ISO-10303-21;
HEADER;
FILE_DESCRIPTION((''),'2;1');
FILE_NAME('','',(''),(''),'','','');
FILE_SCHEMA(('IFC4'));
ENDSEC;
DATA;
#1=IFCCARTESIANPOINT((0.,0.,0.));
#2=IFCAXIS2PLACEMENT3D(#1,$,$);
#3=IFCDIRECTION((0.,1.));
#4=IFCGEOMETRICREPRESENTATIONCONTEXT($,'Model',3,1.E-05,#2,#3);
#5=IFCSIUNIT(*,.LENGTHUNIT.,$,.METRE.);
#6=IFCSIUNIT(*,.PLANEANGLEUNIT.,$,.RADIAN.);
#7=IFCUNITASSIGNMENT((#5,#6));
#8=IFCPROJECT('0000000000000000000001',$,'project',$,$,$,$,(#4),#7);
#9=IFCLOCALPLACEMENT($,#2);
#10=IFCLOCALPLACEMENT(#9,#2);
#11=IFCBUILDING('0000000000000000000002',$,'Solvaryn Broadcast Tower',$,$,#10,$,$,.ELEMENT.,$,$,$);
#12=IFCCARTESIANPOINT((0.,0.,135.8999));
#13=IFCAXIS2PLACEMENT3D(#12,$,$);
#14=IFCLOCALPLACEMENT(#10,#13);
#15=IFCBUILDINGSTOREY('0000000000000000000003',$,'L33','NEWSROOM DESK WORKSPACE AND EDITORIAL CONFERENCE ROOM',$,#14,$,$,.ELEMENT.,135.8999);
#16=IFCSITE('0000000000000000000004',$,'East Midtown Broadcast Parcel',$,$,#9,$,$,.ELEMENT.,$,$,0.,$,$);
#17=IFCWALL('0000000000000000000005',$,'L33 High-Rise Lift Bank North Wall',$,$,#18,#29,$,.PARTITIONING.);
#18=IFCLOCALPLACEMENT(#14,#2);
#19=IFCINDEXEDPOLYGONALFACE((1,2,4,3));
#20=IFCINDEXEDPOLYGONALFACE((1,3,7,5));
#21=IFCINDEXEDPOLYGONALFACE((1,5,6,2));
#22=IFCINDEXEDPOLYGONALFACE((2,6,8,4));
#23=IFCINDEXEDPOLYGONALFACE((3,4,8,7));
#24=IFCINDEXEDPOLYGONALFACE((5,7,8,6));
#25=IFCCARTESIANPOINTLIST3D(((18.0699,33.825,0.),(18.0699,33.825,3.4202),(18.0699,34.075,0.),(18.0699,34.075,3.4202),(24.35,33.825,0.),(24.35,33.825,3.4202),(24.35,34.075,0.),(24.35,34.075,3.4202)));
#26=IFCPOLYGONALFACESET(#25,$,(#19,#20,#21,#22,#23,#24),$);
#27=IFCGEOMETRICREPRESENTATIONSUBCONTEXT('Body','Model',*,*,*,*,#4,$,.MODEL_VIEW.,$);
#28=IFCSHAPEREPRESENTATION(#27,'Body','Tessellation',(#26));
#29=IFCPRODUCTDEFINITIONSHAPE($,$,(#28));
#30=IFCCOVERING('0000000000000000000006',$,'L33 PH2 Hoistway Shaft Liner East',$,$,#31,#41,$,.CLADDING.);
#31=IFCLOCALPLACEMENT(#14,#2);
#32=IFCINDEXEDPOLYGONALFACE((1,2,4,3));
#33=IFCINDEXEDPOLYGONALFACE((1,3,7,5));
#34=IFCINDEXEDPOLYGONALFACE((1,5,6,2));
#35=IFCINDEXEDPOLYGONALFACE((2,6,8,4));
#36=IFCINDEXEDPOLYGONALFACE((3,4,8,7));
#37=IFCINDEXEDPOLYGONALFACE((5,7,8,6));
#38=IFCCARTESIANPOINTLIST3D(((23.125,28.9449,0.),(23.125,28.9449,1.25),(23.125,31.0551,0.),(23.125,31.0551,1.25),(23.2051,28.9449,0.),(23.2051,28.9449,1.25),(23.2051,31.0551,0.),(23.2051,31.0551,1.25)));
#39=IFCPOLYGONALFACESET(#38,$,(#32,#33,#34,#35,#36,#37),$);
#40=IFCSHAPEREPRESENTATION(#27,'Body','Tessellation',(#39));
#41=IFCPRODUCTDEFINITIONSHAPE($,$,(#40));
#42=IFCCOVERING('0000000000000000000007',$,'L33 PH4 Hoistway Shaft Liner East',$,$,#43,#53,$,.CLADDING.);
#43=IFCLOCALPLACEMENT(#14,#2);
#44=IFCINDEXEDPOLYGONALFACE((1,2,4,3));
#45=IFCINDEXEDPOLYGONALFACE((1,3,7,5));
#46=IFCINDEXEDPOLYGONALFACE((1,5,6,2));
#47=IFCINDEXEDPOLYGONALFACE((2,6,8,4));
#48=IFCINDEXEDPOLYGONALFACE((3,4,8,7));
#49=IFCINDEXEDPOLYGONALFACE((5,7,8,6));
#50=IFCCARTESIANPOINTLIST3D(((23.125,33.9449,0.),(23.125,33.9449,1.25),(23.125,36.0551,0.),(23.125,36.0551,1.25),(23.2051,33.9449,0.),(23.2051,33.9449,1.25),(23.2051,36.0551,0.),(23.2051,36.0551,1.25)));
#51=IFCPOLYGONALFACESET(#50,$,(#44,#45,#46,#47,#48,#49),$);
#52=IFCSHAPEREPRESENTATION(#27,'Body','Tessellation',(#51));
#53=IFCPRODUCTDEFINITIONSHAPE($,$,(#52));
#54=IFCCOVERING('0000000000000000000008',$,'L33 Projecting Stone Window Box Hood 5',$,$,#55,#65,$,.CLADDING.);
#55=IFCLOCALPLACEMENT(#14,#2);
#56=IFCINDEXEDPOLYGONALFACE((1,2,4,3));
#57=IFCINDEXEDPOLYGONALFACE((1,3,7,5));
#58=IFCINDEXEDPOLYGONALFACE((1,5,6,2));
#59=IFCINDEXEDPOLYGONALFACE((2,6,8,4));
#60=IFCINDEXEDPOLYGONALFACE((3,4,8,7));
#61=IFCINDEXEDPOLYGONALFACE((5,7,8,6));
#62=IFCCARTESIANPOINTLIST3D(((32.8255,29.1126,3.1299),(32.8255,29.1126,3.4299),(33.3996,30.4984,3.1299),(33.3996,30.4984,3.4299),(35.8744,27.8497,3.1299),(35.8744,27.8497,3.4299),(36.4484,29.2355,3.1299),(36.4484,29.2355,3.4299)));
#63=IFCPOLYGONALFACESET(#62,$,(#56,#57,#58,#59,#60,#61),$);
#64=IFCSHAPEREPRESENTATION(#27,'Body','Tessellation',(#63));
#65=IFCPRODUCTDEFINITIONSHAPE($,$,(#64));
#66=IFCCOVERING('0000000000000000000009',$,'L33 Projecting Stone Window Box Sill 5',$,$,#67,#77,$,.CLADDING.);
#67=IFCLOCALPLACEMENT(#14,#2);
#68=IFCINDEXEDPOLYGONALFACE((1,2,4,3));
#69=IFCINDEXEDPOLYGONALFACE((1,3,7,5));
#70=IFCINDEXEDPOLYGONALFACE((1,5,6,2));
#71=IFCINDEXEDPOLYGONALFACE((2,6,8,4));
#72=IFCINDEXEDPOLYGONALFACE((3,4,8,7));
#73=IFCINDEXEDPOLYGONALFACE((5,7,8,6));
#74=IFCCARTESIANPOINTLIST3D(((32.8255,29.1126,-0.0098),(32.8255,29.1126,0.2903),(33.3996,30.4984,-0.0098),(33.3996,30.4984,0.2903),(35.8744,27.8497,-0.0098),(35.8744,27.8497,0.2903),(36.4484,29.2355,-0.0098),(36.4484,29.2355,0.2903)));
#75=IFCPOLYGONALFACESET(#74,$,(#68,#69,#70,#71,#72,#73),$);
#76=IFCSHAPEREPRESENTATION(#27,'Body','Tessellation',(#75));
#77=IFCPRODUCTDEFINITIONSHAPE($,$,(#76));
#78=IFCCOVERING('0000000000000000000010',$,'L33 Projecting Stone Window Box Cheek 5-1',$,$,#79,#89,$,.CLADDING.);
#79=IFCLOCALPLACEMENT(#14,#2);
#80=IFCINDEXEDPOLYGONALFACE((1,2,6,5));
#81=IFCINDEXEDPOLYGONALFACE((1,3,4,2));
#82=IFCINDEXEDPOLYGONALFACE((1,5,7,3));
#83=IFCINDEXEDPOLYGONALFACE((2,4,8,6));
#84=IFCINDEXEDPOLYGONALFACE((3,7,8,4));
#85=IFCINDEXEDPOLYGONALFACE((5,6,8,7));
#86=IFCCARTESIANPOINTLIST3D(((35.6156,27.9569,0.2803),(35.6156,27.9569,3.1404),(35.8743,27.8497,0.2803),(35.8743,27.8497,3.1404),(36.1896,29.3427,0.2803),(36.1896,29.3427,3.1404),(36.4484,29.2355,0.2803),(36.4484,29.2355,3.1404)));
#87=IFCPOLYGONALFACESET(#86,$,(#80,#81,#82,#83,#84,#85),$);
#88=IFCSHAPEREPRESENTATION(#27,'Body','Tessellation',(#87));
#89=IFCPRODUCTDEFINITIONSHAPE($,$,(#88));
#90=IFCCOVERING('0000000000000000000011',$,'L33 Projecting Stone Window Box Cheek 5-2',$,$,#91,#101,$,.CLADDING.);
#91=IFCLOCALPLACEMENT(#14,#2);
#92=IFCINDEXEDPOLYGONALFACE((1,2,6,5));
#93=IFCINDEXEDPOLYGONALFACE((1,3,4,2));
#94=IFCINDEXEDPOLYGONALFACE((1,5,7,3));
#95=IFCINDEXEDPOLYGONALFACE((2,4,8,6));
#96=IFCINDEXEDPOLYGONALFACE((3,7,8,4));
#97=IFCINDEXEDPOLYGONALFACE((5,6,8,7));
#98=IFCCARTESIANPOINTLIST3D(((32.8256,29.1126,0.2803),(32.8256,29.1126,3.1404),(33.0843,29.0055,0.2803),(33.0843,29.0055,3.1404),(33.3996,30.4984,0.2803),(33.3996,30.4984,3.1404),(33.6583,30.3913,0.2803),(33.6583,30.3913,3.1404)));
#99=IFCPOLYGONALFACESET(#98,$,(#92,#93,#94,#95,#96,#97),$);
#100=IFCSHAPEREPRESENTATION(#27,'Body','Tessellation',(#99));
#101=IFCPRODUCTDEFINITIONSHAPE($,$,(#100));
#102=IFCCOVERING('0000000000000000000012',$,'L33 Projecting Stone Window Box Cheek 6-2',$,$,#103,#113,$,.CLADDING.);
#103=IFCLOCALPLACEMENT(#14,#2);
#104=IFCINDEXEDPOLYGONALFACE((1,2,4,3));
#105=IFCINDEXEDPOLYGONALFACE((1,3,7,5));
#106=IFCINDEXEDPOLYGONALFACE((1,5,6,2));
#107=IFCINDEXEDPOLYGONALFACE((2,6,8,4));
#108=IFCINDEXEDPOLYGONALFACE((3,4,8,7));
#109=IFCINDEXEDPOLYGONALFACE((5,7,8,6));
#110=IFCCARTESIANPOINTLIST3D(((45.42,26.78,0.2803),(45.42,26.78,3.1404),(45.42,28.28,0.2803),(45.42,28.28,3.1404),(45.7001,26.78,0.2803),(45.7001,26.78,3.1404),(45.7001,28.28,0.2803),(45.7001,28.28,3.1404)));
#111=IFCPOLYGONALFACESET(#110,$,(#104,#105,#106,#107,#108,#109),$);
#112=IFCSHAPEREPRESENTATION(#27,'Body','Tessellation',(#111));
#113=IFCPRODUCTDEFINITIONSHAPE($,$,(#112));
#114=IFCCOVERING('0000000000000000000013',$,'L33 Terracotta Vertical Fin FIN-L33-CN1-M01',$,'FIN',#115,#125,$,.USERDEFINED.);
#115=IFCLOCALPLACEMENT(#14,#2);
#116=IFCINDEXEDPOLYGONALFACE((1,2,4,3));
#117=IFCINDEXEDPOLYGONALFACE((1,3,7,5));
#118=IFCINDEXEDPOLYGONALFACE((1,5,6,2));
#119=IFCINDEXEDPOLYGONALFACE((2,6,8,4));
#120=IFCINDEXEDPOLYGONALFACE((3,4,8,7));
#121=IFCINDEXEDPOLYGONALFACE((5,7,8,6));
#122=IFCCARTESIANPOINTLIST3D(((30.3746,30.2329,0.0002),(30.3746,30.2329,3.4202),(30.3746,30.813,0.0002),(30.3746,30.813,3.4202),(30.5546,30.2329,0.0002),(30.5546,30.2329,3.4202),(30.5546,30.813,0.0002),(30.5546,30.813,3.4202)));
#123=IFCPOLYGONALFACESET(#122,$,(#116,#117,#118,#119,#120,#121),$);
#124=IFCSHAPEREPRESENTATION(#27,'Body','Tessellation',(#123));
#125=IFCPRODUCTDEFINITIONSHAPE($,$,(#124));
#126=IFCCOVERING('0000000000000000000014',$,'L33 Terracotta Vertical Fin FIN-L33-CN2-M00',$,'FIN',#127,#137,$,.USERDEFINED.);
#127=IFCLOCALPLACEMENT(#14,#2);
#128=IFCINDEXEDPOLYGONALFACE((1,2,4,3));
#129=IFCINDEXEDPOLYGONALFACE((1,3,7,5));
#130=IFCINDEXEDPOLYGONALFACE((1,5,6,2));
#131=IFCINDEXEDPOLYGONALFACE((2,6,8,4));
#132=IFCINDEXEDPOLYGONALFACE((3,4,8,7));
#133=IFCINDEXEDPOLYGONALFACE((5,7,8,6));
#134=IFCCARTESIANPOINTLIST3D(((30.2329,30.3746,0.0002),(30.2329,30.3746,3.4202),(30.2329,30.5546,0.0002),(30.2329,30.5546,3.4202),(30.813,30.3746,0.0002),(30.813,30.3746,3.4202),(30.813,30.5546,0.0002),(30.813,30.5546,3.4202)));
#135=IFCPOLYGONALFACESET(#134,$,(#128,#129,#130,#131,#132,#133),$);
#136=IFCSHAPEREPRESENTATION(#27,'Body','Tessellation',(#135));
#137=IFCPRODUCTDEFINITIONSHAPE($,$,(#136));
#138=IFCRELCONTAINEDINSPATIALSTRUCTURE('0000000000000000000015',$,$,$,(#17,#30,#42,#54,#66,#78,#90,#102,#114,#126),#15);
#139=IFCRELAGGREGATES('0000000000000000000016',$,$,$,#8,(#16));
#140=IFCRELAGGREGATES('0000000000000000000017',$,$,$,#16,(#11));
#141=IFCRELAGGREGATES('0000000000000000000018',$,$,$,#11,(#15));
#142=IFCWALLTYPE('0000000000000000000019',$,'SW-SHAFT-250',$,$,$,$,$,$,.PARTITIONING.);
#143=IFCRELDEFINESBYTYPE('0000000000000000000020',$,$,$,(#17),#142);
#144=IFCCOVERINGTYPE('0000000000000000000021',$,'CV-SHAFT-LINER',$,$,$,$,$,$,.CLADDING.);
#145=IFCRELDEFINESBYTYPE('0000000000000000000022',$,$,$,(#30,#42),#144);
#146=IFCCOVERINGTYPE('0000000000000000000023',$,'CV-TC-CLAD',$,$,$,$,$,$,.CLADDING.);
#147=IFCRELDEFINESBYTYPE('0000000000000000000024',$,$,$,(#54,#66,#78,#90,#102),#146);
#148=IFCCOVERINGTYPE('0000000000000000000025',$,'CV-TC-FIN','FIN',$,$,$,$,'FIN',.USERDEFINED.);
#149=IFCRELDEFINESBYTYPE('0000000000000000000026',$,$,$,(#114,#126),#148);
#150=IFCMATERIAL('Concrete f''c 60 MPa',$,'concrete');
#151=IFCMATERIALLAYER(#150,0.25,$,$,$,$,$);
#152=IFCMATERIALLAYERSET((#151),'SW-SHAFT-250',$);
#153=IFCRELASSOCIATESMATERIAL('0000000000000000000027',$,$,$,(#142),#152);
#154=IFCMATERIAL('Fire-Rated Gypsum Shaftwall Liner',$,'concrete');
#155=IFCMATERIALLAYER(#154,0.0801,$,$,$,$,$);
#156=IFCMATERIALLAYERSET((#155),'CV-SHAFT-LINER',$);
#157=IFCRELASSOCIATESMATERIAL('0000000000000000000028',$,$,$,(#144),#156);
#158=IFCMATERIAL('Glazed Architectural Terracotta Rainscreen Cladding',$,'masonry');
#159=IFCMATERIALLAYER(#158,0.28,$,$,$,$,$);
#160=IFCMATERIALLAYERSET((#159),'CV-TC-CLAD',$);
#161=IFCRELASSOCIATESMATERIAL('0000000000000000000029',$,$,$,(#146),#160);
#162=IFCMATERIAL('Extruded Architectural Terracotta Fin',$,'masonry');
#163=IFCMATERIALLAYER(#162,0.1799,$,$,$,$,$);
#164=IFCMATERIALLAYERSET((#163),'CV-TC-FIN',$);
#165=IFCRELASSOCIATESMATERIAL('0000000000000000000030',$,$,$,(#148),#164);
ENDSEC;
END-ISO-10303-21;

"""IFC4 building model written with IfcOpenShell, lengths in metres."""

from ifc_helpers import new_model, si_unit, direction, frame, frame_2d, origin, origin_2d, place, context, subcontext, project, spatial, rectangle, extrude, material, layer, layer_set, type_object, element, save


model = new_model("IFC4")

# Units and contexts
model_context = context("Model", 3, precision=1e-05, world=origin(), true_north=direction((0.0, 1.0)))
body_context = subcontext(model_context, "Body", "Model", "MODEL_VIEW")
ifc_project = project(units=[si_unit("LENGTHUNIT", "METRE"), si_unit("PLANEANGLEUNIT", "RADIAN")], contexts=[model_context])

# Site, building, storey
site_placement = place(None, origin())
site = spatial("IfcSite", under=ifc_project, at=site_placement, Name="East Midtown Broadcast Parcel", CompositionType="ELEMENT", RefElevation=0.0)
building_placement = place(site_placement, origin())
building = spatial("IfcBuilding", under=site, at=building_placement, Name="Solvaryn Broadcast Tower", CompositionType="ELEMENT")
storey_placement = place(building_placement, frame((0.0, 0.0, 135.8999)))
storey = spatial("IfcBuildingStorey", under=building, at=storey_placement, Name="L33", Description="NEWSROOM DESK WORKSPACE AND EDITORIAL CONFERENCE ROOM", CompositionType="ELEMENT", Elevation=135.8999)

# Wall
ifc_material_1 = material(Name="Concrete f'c 60 MPa", Category="concrete")
ifc_layer_1 = layer(ifc_material_1, 0.25)
ifc_layer_set_1 = layer_set([ifc_layer_1], Name="SW-SHAFT-250")
wall_type_1 = type_object("IfcWallType", Name="SW-SHAFT-250", PredefinedType="PARTITIONING", material=ifc_layer_set_1)
wall_1_placement = place(storey_placement, frame((24.3501, 33.95, 0.0), z_axis=(0.0, 0.0, 1.0), x_axis=(-1.0, 0.0, 0.0)))
element("IfcWall", 1, at=wall_1_placement, inside=storey, type_object=wall_type_1, Name="L33 High-Rise Lift Bank North Wall", PredefinedType="PARTITIONING", context=body_context, shape_type="SweptSolid", body=[
    extrude(rectangle(XDim=6.28, YDim=0.25, at=frame_2d((3.1401, 0.0))), origin(), (0.0, 0.0, 1.0), 3.4202),
])

# Coverings
ifc_material_2 = material(Name="Fire-Rated Gypsum Shaftwall Liner", Category="concrete")
ifc_layer_2 = layer(ifc_material_2, 0.0801)
ifc_layer_set_2 = layer_set([ifc_layer_2], Name="CV-SHAFT-LINER")
covering_type_1 = type_object("IfcCoveringType", Name="CV-SHAFT-LINER", PredefinedType="CLADDING", material=ifc_layer_set_2)
for number, where, z_axis, x_axis, name in (
    (2, (23.165, 30.0, 0.0), (0.0, 0.0, 1.0), (1.0, 0.0, 0.0), "L33 PH2 Hoistway Shaft Liner East"),
    (3, (23.165, 35.0, 0.0), (0.0, 0.0, 1.0), (1.0, 0.0, 0.0), "L33 PH4 Hoistway Shaft Liner East"),
):
    element("IfcCovering", number, at=place(storey_placement, frame(where, z_axis=z_axis, x_axis=x_axis)), inside=storey, type_object=covering_type_1, Name=name, PredefinedType="CLADDING", context=body_context, shape_type="SweptSolid", body=[
        extrude(rectangle(XDim=0.0801, YDim=2.1101, at=origin_2d()), origin(), (0.0, 0.0, 1.0), 1.25),
    ])
ifc_material_3 = material(Name="Glazed Architectural Terracotta Rainscreen Cladding", Category="masonry")
ifc_layer_3 = layer(ifc_material_3, 0.28)
ifc_layer_set_3 = layer_set([ifc_layer_3], Name="CV-TC-CLAD")
covering_type_2 = type_object("IfcCoveringType", Name="CV-TC-CLAD", PredefinedType="CLADDING", material=ifc_layer_set_3)
for number, where, z_axis, x_axis, name in (
    (4, (34.637, 29.1741, 3.1299), (0.0, 0.0, 1.0), (-0.92388, 0.382683, 0.0), "L33 Projecting Stone Window Box Hood 5"),
    (5, (34.637, 29.1741, -0.0098), (0.0, 0.0, 1.0), (-0.92388, 0.382683, 0.0), "L33 Projecting Stone Window Box Sill 5"),
):
    element("IfcCovering", number, at=place(storey_placement, frame(where, z_axis=z_axis, x_axis=x_axis)), inside=storey, type_object=covering_type_2, Name=name, PredefinedType="CLADDING", context=body_context, shape_type="SweptSolid", body=[
        extrude(rectangle(XDim=3.3, YDim=1.5, at=origin_2d()), origin(), (0.0, 0.0, 1.0), 0.3),
    ])
for number, where, z_axis, x_axis, name in (
    (6, (36.032, 28.5962, 0.2803), (0.0, 0.0, 1.0), (-0.92388, 0.382683, 0.0), "L33 Projecting Stone Window Box Cheek 5-1"),
    (7, (33.2419, 29.752, 0.2803), (0.0, 0.0, 1.0), (-0.92388, 0.382683, 0.0), "L33 Projecting Stone Window Box Cheek 5-2"),
    (8, (45.5601, 27.53, 0.2803), (0.0, 0.0, 1.0), (1.0, 0.0, 0.0), "L33 Projecting Stone Window Box Cheek 6-2"),
):
    element("IfcCovering", number, at=place(storey_placement, frame(where, z_axis=z_axis, x_axis=x_axis)), inside=storey, type_object=covering_type_2, Name=name, PredefinedType="CLADDING", context=body_context, shape_type="SweptSolid", body=[
        extrude(rectangle(XDim=0.28, YDim=1.5, at=origin_2d()), origin(), (0.0, 0.0, 1.0), 2.8601),
    ])
ifc_material_4 = material(Name="Extruded Architectural Terracotta Fin", Category="masonry")
ifc_layer_4 = layer(ifc_material_4, 0.1799)
ifc_layer_set_4 = layer_set([ifc_layer_4], Name="CV-TC-FIN")
covering_type_3 = type_object("IfcCoveringType", Name="CV-TC-FIN", Description="FIN", ElementType="FIN", PredefinedType="USERDEFINED", material=ifc_layer_set_4)
covering_1_placement = place(storey_placement, frame((30.4646, 30.5229, 0.0002), z_axis=(0.0, 0.0, 1.0), x_axis=(1.0, 0.0, 0.0)))
element("IfcCovering", 9, at=covering_1_placement, inside=storey, type_object=covering_type_3, Name="L33 Terracotta Vertical Fin FIN-L33-CN1-M01", ObjectType="FIN", PredefinedType="USERDEFINED", context=body_context, shape_type="SweptSolid", body=[
    extrude(rectangle(XDim=0.1799, YDim=0.5801, at=origin_2d()), origin(), (0.0, 0.0, 1.0), 3.4199),
])
covering_2_placement = place(storey_placement, frame((30.5229, 30.4646, 0.0002), z_axis=(0.0, 0.0, 1.0), x_axis=(1.0, 0.0, 0.0)))
element("IfcCovering", 10, at=covering_2_placement, inside=storey, type_object=covering_type_3, Name="L33 Terracotta Vertical Fin FIN-L33-CN2-M00", ObjectType="FIN", PredefinedType="USERDEFINED", context=body_context, shape_type="SweptSolid", body=[
    extrude(rectangle(XDim=0.5801, YDim=0.1799, at=origin_2d()), origin(), (0.0, 0.0, 1.0), 3.4199),
])

save(model, "model.ifc")
